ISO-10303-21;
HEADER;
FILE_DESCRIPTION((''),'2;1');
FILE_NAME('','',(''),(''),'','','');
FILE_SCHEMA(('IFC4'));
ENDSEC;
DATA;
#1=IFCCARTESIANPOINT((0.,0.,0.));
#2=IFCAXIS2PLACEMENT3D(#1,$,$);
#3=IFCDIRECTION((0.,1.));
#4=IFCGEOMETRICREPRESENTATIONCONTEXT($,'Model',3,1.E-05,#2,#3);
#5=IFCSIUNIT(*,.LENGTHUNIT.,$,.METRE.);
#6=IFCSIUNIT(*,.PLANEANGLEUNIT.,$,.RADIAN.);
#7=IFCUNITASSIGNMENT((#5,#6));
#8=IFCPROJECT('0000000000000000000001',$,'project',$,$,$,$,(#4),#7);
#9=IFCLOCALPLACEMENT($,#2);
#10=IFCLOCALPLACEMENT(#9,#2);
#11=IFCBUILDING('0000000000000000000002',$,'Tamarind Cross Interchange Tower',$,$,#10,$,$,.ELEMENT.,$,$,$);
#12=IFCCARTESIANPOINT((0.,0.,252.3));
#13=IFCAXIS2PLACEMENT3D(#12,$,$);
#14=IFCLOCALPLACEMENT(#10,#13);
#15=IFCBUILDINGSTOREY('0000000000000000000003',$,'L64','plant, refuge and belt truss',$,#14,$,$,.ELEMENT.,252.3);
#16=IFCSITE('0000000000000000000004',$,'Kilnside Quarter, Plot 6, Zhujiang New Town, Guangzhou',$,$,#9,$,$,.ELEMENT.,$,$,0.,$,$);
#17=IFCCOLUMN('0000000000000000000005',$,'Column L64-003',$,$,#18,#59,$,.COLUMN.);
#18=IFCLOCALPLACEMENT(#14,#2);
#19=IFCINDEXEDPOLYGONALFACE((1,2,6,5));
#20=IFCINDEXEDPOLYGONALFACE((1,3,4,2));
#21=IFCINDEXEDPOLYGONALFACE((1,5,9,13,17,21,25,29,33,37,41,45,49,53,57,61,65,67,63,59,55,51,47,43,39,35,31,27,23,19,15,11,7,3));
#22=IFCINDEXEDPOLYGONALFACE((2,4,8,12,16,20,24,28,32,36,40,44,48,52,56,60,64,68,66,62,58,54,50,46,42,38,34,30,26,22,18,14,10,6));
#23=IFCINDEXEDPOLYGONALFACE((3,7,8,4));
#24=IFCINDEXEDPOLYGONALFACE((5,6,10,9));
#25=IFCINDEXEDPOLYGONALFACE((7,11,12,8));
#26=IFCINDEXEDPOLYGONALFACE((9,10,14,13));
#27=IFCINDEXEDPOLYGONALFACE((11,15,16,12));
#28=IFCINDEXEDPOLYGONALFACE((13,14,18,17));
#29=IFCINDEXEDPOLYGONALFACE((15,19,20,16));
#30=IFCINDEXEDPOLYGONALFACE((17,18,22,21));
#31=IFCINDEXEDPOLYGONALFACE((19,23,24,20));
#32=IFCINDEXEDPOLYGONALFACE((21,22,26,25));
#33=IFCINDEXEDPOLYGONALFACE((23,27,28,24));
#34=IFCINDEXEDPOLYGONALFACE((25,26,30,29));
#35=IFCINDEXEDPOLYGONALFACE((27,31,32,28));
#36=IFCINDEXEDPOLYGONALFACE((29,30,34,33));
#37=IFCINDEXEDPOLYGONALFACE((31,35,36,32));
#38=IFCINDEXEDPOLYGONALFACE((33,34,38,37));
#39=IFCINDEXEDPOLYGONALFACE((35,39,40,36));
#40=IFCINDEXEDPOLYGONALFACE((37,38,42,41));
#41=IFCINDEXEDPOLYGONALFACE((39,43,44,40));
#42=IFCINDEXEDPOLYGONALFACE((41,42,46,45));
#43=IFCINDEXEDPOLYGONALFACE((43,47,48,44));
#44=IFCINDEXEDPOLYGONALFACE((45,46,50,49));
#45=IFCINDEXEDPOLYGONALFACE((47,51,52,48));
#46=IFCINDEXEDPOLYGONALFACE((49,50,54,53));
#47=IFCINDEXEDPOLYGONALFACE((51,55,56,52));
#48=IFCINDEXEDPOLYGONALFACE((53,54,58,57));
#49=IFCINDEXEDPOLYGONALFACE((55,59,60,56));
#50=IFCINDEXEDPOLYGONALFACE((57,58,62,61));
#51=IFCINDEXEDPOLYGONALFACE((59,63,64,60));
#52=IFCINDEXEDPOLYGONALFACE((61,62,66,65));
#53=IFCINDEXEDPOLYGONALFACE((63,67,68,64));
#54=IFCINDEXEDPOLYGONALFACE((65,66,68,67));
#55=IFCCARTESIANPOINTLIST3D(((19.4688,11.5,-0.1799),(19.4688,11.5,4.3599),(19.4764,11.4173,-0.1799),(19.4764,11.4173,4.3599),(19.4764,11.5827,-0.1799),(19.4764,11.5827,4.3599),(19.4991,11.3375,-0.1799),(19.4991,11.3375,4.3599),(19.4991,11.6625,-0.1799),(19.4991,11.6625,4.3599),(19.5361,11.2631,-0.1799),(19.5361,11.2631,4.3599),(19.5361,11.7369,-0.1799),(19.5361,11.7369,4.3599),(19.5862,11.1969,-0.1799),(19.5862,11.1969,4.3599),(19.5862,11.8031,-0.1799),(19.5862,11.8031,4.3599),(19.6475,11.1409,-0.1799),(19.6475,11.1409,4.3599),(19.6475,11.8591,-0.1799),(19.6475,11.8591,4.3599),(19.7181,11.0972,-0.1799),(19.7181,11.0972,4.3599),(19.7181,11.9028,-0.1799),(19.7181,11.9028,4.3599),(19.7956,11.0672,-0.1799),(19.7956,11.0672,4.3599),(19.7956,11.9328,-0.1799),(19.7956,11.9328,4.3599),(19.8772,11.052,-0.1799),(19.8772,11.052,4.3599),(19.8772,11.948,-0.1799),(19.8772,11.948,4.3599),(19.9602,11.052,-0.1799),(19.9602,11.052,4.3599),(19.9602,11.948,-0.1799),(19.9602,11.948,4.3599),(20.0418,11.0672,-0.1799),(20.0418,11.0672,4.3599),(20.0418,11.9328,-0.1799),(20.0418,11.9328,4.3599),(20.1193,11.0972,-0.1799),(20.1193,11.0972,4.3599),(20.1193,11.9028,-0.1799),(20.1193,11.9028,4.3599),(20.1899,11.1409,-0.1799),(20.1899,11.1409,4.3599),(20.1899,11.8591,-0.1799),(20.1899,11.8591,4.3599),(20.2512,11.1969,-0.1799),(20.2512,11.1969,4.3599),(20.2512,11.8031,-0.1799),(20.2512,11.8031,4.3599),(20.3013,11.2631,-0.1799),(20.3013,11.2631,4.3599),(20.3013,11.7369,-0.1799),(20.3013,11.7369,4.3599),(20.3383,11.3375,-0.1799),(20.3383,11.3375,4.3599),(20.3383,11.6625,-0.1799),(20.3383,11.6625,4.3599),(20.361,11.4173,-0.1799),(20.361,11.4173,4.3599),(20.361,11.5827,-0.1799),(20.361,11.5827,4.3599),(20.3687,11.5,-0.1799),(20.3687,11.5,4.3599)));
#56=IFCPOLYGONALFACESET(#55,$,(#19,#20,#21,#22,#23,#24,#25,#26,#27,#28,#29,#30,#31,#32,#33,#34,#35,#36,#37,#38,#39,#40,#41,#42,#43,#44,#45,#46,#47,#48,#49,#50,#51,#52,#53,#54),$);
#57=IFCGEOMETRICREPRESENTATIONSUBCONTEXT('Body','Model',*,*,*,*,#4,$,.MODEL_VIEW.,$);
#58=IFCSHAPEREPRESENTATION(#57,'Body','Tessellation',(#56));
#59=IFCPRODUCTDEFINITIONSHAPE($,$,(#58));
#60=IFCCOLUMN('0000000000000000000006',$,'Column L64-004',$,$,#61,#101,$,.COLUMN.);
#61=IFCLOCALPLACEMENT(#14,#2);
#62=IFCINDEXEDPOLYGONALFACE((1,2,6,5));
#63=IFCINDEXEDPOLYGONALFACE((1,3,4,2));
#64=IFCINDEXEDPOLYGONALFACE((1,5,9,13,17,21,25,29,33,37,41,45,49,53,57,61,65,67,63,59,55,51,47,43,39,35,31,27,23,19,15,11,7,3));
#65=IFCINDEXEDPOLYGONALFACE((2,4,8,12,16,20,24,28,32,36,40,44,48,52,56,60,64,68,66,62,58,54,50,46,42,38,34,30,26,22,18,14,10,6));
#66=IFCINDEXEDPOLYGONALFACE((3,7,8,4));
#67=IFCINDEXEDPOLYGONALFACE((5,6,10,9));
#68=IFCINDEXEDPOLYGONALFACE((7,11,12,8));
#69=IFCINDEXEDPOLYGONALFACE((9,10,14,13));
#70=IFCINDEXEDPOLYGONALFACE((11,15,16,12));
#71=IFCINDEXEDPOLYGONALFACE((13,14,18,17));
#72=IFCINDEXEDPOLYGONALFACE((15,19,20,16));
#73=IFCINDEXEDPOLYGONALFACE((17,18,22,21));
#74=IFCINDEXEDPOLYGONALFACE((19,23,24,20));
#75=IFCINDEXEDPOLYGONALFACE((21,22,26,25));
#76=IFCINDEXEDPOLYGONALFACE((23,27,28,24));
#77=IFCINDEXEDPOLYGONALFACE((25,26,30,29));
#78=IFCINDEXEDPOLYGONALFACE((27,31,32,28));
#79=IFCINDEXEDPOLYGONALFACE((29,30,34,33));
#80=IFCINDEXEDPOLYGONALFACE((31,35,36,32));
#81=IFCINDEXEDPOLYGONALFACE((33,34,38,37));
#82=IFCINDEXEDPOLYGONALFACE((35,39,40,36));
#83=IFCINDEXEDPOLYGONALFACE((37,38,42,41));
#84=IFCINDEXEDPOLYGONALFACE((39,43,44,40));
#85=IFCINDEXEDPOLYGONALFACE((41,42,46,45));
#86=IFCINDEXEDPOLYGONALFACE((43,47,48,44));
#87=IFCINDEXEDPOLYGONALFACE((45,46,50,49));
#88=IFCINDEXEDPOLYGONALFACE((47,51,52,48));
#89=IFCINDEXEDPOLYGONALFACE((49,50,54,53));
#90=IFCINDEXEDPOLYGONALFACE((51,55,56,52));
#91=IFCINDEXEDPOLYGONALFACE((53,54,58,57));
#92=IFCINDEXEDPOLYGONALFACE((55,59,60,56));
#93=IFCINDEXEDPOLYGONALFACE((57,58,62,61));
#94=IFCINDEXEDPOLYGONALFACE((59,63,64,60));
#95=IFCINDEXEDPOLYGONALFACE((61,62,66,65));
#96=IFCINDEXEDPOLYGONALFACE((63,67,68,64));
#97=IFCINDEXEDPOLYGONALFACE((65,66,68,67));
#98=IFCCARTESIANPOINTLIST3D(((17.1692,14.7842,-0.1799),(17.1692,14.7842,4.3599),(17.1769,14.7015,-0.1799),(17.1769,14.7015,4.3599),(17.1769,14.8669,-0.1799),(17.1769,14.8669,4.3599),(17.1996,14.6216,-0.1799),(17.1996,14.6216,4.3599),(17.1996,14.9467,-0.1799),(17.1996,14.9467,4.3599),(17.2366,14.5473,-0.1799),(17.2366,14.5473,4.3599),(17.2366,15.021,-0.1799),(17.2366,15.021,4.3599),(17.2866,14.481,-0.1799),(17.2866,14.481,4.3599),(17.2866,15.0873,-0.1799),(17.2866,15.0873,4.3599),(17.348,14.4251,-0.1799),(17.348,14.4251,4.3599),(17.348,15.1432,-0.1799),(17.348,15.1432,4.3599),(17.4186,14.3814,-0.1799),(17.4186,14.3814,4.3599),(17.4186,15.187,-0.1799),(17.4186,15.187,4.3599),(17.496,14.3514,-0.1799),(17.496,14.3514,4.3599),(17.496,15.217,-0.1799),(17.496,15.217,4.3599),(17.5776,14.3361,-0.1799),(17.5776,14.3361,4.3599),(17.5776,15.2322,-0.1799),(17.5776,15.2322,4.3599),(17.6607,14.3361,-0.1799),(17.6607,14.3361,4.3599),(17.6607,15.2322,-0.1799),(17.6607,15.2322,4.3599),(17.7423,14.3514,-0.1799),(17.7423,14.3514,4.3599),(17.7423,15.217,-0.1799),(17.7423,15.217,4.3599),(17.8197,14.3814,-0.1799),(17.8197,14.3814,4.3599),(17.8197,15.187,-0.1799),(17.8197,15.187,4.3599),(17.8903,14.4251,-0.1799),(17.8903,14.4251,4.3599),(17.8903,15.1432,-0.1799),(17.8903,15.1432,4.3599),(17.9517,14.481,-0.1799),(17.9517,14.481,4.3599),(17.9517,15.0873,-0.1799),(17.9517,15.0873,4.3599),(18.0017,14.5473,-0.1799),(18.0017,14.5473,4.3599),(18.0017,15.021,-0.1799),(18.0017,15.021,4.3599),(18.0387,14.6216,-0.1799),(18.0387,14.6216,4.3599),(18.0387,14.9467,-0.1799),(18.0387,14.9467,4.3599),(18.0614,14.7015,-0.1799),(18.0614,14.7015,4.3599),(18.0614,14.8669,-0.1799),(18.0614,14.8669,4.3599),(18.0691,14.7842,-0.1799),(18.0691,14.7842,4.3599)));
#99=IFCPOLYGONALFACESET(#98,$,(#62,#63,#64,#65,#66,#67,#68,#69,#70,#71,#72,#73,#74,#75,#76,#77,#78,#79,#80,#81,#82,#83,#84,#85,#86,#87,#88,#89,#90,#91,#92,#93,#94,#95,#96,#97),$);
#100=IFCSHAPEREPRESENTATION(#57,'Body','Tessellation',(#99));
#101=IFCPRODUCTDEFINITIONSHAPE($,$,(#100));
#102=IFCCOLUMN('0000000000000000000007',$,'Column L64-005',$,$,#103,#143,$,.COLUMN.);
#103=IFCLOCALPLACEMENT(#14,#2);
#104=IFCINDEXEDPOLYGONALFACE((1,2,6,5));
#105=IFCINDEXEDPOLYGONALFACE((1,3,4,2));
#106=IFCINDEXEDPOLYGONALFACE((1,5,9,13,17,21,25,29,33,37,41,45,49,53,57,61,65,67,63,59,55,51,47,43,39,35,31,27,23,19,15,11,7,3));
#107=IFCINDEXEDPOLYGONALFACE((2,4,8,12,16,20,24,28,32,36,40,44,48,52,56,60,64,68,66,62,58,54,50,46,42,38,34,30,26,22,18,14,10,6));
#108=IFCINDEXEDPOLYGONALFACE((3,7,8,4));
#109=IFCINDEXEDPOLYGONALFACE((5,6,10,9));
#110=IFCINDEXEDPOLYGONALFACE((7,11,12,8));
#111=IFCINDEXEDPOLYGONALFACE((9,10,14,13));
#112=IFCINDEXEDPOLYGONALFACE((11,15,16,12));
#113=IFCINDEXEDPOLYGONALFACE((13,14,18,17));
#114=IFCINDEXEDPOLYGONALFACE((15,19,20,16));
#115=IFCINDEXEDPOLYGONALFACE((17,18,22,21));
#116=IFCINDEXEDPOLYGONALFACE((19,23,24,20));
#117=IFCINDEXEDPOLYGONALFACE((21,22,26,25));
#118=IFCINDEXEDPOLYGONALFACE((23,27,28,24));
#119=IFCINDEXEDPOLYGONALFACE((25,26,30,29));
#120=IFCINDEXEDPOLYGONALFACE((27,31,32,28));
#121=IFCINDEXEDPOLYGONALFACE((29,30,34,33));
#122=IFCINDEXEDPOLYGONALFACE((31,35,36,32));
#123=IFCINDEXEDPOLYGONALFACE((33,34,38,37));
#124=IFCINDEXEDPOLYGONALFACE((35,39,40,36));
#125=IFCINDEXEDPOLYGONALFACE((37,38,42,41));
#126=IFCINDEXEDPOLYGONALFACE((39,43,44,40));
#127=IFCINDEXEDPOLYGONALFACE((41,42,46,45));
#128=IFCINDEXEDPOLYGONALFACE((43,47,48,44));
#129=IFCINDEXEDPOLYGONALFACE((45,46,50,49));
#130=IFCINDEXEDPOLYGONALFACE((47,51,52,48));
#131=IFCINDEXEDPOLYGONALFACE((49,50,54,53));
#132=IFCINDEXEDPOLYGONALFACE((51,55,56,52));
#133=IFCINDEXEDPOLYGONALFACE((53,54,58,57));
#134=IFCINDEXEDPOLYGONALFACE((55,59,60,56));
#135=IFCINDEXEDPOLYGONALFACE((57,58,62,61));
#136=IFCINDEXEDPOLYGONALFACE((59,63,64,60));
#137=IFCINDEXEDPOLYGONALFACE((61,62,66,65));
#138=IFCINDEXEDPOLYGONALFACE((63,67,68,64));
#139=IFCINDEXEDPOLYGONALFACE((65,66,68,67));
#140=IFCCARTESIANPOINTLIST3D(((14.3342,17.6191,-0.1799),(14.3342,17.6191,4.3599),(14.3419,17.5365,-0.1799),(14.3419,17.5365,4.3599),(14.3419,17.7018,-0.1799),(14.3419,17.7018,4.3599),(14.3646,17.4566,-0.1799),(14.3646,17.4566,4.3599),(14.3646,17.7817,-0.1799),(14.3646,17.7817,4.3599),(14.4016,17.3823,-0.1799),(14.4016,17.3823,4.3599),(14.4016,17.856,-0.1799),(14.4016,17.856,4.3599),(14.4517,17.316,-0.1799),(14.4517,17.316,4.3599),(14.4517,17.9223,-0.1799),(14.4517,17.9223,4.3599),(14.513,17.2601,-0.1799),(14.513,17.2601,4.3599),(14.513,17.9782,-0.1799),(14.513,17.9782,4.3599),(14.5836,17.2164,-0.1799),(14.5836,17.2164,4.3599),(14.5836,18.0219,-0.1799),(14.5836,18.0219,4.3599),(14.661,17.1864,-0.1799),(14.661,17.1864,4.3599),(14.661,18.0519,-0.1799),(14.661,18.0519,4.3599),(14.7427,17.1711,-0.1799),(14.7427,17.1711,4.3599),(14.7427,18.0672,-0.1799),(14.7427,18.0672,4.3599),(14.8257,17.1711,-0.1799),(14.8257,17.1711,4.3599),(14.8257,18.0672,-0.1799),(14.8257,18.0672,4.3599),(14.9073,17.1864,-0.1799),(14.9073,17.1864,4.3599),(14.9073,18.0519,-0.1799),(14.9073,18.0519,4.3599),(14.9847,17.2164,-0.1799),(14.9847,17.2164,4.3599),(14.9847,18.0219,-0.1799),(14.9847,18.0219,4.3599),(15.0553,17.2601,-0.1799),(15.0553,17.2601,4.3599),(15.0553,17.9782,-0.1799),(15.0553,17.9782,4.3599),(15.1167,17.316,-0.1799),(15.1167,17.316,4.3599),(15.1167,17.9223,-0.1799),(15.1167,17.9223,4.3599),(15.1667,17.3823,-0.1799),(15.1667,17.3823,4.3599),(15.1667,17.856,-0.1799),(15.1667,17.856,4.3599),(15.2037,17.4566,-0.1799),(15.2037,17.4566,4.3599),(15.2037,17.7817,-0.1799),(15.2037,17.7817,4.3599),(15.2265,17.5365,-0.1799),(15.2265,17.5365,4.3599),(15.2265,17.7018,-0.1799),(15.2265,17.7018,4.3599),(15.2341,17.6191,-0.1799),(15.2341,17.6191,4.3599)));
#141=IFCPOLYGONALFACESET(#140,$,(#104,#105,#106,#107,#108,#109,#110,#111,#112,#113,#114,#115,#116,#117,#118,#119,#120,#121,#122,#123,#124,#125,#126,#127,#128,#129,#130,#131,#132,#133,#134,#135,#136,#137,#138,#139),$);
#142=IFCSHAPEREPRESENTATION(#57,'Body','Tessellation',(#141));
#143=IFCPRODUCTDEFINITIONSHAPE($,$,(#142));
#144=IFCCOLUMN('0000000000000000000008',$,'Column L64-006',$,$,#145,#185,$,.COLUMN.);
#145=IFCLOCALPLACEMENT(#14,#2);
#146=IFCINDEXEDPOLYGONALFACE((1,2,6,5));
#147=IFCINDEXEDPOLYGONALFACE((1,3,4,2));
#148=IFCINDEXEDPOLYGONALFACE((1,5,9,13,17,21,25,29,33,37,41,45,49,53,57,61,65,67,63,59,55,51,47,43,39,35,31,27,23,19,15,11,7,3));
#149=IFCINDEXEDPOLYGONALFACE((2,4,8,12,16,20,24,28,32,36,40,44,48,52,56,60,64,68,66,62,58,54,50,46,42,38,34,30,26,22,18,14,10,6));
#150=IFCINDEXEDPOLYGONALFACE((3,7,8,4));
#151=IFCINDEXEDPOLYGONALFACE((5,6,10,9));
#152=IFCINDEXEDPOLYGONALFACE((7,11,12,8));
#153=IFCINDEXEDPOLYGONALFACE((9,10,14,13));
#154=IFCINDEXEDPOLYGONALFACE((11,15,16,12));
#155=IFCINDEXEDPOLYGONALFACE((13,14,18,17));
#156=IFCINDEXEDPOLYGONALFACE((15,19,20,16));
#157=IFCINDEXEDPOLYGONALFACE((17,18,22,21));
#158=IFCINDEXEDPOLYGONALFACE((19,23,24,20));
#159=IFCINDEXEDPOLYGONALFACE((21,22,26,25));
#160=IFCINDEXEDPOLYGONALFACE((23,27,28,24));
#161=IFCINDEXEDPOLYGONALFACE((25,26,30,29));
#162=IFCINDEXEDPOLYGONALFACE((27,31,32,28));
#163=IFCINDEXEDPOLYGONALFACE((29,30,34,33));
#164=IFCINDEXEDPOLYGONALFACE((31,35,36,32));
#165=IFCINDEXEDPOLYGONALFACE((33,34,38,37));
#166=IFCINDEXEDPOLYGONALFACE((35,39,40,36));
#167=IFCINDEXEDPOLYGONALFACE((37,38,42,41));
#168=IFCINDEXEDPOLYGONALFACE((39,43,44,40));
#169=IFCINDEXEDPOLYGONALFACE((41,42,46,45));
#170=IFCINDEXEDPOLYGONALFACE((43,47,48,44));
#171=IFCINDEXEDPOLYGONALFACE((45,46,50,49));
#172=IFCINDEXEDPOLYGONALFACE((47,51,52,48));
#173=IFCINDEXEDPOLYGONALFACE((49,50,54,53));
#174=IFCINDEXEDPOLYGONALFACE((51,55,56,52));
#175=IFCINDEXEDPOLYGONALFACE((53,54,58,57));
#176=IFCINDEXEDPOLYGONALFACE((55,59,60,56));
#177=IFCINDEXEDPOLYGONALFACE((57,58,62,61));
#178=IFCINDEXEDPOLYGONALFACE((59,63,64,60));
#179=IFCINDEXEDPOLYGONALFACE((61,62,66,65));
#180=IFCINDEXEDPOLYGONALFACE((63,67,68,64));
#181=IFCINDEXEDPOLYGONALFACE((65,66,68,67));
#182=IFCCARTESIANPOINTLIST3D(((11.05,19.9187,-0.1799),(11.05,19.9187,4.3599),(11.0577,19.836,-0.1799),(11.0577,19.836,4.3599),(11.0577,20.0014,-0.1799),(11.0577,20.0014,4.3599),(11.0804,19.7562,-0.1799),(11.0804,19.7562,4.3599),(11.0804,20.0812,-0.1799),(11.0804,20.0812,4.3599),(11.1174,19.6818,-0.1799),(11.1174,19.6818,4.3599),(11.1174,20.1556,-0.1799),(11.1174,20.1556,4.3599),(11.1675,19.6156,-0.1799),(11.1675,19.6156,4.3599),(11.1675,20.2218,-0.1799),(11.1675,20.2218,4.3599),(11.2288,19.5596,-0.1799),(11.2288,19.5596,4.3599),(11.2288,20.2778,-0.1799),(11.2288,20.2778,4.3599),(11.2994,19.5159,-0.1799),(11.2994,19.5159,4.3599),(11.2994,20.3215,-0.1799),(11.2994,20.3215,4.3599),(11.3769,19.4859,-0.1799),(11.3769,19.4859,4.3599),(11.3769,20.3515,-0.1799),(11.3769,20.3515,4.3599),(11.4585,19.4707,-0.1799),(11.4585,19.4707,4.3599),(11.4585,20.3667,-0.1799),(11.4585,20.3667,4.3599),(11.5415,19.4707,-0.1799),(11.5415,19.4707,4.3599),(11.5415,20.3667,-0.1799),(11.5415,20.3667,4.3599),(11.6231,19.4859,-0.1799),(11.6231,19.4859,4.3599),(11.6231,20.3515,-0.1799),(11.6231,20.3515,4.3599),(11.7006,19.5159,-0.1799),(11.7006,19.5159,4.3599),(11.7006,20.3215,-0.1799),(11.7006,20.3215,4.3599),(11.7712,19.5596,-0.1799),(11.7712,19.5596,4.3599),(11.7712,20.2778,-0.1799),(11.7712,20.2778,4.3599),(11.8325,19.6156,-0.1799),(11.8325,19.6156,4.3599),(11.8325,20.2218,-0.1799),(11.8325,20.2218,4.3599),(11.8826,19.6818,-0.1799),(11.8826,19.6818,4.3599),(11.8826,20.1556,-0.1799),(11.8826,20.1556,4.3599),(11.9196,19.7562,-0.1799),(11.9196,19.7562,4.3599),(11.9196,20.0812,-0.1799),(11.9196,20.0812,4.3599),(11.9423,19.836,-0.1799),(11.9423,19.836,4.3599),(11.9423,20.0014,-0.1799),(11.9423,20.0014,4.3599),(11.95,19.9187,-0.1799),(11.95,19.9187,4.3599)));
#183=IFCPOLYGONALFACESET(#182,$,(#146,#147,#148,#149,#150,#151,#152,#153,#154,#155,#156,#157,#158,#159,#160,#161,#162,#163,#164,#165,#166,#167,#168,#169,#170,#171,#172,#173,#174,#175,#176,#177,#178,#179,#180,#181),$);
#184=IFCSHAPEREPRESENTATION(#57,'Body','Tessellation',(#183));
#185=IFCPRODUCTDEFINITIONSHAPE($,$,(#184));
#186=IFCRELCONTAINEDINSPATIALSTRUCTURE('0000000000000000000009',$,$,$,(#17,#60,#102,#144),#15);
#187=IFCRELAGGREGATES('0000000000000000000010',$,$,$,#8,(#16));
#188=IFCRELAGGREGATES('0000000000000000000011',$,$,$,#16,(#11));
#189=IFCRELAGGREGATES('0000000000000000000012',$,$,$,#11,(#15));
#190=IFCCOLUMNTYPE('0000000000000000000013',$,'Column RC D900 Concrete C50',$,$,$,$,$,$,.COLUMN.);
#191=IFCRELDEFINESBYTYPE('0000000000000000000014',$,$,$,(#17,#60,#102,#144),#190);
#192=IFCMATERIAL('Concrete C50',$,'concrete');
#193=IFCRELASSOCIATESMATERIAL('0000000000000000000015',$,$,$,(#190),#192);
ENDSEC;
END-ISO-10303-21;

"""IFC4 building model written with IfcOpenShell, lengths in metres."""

from ifc_helpers import new_model, si_unit, direction, frame, origin, origin_2d, place, context, subcontext, project, spatial, circle, extrude, material, material_profile, profile_set, type_object, element, save


model = new_model("IFC4")

# Units and contexts
model_context = context("Model", 3, precision=1e-05, world=origin(), true_north=direction((0.0, 1.0)))
body_context = subcontext(model_context, "Body", "Model", "MODEL_VIEW")
ifc_project = project(units=[si_unit("LENGTHUNIT", "METRE"), si_unit("PLANEANGLEUNIT", "RADIAN")], contexts=[model_context])

# Site, building, storey
site_placement = place(None, origin())
site = spatial("IfcSite", under=ifc_project, at=site_placement, Name="Kilnside Quarter, Plot 6, Zhujiang New Town, Guangzhou", CompositionType="ELEMENT", RefElevation=0.0)
building_placement = place(site_placement, origin())
building = spatial("IfcBuilding", under=site, at=building_placement, Name="Tamarind Cross Interchange Tower", CompositionType="ELEMENT")
storey_placement = place(building_placement, frame((0.0, 0.0, 252.3)))
storey = spatial("IfcBuildingStorey", under=building, at=storey_placement, Name="L64", Description="plant, refuge and belt truss", CompositionType="ELEMENT", Elevation=252.3)

# Columns
ifc_material_1 = material(Name="Concrete C50", Category="concrete")
ifc_material_profile_1 = material_profile(ifc_material_1, circle(Radius=0.45, at=origin_2d()), Name="RC D900")
ifc_profile_set_1 = profile_set([ifc_material_profile_1], Name="Concrete C50")
column_type = type_object("IfcColumnType", Name="Column RC D900 Concrete C50", PredefinedType="COLUMN", material=ifc_profile_set_1)
for number, where, z_axis, x_axis, name in (
    (1, (19.9187, 11.5, -0.1799), (0.0, 0.0, 1.0), (1.0, 0.0, 0.0), "Column L64-003"),
    (2, (17.6191, 14.7842, -0.1799), (0.0, 0.0, 1.0), (1.0, 0.0, 0.0), "Column L64-004"),
    (3, (14.7842, 17.6191, -0.1799), (0.0, 0.0, 1.0), (1.0, 0.0, 0.0), "Column L64-005"),
    (4, (11.5, 19.9187, -0.1799), (0.0, 0.0, 1.0), (1.0, 0.0, 0.0), "Column L64-006"),
):
    element("IfcColumn", number, at=place(storey_placement, frame(where, z_axis=z_axis, x_axis=x_axis)), inside=storey, type_object=column_type, Name=name, PredefinedType="COLUMN", context=body_context, shape_type="SweptSolid", body=[
        extrude(circle(Radius=0.45, at=origin_2d()), origin(), (0.0, 0.0, 1.0), 4.5398),
    ])

save(model, "model.ifc")
